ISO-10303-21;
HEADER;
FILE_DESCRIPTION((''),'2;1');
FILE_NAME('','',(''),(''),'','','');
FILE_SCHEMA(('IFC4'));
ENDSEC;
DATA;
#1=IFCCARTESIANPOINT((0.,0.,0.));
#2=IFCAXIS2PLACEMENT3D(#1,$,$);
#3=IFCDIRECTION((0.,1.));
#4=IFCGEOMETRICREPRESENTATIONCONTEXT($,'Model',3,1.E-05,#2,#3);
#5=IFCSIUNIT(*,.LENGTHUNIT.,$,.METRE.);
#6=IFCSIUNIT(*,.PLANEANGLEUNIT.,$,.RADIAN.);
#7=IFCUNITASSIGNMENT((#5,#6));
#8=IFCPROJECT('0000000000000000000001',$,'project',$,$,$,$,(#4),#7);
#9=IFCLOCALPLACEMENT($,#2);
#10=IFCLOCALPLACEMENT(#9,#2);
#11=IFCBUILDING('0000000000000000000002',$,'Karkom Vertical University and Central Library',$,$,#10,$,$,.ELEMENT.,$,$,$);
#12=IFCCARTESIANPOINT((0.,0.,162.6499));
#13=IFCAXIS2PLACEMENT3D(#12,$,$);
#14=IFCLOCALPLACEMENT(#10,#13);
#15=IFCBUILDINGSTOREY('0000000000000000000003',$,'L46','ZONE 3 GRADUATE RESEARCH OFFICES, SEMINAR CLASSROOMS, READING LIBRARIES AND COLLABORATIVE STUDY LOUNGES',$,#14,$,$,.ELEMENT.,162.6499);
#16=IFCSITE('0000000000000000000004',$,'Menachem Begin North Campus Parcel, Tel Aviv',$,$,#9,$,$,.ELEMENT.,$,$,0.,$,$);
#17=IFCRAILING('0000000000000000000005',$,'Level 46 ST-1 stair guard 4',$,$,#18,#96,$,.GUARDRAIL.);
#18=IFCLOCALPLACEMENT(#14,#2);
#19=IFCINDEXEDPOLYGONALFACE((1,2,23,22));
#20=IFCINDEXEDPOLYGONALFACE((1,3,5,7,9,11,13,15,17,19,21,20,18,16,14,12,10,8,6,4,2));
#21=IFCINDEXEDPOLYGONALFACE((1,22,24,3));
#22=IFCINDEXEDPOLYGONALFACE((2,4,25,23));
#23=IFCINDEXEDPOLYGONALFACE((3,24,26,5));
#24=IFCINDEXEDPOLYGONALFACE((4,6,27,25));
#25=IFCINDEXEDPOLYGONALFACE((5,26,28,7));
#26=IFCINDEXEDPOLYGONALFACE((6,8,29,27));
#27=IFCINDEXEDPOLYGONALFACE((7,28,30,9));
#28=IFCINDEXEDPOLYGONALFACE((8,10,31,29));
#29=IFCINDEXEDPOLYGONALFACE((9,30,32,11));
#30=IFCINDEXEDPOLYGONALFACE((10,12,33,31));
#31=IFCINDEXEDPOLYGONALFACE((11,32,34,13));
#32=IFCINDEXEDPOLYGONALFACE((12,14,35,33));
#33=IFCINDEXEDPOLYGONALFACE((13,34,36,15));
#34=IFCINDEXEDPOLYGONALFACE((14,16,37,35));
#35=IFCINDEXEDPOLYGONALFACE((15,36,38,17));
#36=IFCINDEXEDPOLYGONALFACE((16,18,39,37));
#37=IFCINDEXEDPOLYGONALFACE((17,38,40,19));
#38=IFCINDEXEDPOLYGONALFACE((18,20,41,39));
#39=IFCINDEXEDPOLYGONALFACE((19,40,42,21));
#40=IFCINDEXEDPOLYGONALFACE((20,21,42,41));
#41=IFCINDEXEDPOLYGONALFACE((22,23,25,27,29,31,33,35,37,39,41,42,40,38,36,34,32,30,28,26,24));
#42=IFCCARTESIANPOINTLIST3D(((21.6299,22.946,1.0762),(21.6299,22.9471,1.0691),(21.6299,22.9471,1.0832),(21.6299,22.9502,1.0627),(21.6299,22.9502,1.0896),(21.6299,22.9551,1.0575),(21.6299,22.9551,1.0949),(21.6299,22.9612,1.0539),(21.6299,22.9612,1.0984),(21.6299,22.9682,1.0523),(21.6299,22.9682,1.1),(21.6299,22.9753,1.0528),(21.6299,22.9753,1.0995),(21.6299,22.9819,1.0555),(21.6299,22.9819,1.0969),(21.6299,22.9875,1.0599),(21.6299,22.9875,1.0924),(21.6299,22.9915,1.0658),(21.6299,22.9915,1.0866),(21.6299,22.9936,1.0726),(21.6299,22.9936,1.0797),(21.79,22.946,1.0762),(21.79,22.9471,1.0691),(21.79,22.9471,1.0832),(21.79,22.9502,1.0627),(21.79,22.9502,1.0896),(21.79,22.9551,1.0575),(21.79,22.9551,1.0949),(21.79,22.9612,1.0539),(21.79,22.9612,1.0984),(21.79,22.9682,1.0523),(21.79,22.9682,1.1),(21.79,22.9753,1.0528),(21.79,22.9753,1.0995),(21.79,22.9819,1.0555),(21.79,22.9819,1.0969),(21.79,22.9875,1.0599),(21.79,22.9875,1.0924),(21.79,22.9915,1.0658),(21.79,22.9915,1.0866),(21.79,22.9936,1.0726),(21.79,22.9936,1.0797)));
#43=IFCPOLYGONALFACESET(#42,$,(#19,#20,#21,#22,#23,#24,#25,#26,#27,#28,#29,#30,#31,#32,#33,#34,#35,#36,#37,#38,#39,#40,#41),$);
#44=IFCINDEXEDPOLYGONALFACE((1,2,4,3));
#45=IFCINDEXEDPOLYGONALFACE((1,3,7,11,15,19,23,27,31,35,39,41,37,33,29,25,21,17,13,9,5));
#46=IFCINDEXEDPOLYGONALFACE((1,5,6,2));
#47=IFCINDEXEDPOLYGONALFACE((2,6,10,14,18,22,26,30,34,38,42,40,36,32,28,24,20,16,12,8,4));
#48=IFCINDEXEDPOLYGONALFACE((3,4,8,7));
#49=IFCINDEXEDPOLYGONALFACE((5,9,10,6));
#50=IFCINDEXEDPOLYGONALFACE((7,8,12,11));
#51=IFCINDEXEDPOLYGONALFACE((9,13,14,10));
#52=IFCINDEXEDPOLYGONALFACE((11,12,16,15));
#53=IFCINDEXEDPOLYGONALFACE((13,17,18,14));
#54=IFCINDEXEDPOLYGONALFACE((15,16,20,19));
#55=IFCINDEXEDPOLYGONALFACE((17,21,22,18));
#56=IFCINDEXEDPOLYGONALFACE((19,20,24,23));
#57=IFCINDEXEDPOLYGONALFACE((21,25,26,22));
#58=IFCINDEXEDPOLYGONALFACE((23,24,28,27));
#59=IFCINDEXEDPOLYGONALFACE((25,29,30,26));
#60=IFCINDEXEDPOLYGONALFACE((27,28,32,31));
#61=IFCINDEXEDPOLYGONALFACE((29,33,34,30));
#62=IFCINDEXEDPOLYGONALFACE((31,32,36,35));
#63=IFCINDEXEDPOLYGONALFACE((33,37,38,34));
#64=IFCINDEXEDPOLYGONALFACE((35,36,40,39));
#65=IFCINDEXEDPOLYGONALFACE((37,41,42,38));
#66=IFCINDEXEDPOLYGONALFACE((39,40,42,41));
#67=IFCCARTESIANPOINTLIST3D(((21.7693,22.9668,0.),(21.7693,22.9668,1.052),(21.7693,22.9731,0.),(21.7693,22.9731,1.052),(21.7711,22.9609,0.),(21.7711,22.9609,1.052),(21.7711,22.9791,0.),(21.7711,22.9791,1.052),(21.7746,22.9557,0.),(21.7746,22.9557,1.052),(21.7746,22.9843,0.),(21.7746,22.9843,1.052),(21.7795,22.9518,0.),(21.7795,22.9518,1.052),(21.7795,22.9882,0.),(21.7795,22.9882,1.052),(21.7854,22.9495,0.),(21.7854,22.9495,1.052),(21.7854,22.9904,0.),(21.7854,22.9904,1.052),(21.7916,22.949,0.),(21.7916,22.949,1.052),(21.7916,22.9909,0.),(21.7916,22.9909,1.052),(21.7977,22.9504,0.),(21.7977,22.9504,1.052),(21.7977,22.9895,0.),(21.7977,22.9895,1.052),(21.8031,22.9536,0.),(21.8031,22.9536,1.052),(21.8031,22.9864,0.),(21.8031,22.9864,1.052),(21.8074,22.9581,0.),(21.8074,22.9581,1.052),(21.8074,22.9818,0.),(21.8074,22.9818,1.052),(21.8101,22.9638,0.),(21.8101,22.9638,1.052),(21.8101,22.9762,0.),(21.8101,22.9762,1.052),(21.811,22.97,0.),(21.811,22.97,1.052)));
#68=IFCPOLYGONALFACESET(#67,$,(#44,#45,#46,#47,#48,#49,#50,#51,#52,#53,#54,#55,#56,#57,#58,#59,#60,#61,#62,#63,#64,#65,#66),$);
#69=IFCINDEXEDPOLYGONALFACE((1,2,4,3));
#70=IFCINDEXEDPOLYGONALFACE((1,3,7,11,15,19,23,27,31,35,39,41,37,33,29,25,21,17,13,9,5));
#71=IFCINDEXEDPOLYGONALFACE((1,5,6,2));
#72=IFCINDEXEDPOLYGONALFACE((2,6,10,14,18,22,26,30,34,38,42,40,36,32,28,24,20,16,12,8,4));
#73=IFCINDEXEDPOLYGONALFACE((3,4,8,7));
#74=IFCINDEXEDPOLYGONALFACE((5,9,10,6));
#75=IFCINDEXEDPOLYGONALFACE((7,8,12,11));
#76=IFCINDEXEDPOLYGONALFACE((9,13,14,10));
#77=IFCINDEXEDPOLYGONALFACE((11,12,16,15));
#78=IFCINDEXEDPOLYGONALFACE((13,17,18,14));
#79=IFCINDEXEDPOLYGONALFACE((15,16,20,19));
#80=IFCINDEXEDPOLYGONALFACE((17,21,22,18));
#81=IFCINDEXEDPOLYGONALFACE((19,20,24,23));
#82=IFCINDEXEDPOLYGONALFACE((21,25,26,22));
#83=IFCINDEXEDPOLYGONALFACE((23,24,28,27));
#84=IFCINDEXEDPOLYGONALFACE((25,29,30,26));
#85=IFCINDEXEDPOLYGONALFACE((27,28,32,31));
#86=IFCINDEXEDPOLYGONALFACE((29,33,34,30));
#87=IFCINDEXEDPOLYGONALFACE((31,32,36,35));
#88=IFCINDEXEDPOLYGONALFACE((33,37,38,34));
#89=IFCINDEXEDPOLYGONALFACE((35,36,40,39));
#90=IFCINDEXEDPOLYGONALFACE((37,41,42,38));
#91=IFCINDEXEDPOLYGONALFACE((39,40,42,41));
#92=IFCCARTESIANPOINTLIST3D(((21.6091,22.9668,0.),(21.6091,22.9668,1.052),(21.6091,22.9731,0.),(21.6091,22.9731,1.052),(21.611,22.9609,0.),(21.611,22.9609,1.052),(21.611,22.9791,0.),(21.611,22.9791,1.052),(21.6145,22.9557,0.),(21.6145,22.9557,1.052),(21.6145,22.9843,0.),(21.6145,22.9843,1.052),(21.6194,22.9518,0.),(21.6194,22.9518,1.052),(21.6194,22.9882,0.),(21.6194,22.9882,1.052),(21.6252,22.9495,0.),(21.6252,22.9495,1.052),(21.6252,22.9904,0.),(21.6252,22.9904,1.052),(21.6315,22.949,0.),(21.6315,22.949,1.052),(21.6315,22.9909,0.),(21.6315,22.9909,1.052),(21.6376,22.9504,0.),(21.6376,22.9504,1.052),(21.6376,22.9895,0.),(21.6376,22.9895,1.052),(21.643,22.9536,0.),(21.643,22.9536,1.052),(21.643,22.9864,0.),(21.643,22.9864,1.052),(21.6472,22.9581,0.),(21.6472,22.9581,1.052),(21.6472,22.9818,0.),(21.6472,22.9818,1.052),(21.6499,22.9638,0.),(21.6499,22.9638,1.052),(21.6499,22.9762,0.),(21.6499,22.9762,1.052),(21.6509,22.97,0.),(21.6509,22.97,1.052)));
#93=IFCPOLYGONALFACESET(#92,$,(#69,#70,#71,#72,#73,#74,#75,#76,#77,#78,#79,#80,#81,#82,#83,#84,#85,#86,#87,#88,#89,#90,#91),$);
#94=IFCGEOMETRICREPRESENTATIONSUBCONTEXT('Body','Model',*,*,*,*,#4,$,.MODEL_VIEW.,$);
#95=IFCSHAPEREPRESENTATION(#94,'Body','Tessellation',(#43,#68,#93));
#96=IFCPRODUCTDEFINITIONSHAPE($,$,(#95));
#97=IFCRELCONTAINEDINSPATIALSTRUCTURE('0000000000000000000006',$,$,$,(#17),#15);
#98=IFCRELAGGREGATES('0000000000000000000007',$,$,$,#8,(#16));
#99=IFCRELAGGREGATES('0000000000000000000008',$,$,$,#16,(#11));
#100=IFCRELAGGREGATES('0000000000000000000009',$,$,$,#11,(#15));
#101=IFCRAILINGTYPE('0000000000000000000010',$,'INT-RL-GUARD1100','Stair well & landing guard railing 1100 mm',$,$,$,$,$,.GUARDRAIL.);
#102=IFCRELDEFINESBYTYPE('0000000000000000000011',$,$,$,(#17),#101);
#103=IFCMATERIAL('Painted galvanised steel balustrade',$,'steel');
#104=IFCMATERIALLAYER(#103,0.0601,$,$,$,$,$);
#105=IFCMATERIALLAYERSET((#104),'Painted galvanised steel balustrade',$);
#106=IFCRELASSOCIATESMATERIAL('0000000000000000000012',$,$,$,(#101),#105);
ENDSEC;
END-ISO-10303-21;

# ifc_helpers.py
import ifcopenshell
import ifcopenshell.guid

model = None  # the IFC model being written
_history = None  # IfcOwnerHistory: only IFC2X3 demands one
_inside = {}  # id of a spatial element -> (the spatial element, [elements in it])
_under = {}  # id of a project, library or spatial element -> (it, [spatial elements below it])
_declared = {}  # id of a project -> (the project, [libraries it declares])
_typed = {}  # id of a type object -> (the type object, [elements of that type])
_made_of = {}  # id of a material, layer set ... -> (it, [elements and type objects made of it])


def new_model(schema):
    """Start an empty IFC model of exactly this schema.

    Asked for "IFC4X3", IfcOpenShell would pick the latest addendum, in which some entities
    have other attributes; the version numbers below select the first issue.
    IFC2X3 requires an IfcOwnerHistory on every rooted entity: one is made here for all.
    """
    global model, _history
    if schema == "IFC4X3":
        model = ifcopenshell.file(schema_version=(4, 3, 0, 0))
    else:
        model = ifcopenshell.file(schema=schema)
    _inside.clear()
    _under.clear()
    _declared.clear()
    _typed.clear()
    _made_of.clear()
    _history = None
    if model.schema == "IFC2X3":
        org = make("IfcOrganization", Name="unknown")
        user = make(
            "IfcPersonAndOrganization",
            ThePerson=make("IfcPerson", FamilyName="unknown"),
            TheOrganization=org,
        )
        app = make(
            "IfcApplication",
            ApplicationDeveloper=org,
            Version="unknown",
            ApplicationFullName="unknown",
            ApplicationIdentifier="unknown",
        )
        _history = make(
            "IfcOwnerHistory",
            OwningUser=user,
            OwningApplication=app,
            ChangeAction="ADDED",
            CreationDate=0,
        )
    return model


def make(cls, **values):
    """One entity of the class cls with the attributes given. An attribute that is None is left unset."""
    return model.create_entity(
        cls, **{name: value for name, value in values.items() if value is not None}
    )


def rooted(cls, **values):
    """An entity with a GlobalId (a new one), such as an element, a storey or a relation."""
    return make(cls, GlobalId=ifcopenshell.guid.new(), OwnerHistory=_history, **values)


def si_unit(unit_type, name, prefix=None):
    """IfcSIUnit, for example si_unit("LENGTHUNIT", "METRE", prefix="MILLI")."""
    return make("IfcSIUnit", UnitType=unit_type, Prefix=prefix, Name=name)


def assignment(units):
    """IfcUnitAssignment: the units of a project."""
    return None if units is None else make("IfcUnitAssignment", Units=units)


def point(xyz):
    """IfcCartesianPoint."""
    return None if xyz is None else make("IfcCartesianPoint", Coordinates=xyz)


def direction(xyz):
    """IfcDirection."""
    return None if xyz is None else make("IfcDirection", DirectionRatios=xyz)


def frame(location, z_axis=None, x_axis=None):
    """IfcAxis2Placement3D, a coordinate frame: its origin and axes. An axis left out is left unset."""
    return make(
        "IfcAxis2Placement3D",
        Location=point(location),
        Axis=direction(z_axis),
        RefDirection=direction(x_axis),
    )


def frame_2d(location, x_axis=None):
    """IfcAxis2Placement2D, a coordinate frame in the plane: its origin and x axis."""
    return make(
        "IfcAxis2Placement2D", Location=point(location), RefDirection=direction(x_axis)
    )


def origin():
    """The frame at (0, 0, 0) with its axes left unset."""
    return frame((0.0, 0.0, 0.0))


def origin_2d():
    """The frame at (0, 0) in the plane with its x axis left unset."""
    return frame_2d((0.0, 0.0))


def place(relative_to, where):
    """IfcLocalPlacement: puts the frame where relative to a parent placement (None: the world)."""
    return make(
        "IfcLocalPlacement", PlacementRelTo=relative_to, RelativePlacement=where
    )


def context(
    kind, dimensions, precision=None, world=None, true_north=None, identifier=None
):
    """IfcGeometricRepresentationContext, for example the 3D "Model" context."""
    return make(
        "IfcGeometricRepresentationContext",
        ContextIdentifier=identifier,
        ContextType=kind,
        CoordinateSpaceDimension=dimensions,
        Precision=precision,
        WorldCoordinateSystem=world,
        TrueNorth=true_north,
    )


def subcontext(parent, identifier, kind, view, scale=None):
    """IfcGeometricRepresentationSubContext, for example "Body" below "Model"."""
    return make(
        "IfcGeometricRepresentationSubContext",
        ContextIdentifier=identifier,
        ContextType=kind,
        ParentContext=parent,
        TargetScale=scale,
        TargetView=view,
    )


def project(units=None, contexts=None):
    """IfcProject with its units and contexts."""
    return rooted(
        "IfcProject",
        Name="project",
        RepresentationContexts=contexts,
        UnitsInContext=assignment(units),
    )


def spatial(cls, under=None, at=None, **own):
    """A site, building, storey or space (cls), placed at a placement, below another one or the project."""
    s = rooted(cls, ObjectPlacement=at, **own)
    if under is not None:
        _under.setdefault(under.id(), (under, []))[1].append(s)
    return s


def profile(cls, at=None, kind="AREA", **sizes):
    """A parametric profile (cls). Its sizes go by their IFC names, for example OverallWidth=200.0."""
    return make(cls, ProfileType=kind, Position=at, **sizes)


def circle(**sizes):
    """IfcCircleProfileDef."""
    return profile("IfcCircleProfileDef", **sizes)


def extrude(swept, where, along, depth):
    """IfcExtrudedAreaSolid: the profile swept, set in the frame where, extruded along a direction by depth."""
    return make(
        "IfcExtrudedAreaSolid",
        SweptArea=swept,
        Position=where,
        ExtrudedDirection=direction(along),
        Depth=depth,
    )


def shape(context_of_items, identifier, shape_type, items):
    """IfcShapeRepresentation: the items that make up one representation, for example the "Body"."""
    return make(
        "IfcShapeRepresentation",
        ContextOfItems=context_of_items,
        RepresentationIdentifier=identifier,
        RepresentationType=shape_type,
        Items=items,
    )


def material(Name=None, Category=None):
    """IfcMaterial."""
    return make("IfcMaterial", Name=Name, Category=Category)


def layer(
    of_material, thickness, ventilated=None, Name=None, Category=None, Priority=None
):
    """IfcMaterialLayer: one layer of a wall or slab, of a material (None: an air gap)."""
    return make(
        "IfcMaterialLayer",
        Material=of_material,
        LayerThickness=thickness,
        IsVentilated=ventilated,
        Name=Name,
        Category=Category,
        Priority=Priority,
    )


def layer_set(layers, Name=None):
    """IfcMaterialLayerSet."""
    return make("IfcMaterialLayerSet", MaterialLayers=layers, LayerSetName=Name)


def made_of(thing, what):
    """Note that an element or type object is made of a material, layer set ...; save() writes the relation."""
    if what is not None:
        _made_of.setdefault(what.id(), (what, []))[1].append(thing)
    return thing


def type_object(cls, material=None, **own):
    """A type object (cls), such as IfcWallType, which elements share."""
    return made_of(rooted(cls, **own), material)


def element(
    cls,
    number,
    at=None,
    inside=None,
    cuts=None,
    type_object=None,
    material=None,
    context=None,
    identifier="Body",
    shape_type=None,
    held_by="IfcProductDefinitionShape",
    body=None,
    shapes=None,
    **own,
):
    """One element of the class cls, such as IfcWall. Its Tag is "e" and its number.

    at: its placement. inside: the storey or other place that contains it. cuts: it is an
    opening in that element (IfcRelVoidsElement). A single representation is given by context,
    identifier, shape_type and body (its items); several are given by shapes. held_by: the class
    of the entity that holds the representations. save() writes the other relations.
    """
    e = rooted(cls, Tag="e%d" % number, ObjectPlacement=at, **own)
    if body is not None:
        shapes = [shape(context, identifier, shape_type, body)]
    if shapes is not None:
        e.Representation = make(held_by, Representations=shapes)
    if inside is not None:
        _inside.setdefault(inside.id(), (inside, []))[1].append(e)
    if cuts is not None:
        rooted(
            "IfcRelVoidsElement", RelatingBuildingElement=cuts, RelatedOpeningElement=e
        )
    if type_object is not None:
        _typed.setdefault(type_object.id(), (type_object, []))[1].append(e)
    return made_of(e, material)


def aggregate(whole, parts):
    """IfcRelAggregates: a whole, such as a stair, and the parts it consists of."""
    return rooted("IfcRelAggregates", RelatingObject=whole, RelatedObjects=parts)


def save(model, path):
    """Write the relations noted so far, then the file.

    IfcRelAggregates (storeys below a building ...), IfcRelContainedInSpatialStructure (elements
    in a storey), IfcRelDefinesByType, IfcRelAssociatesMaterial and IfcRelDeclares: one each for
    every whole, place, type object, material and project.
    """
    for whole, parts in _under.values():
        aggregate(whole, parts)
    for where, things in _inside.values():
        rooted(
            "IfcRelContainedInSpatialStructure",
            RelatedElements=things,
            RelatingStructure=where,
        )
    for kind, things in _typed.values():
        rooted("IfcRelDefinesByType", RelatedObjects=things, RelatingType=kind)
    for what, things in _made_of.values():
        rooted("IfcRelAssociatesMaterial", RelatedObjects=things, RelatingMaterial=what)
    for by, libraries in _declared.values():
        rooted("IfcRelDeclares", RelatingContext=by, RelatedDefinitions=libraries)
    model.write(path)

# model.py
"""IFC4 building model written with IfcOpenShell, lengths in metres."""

from ifc_helpers import new_model, si_unit, direction, frame, origin, origin_2d, place, context, subcontext, project, spatial, circle, extrude, material, layer, layer_set, type_object, element, save


model = new_model("IFC4")

# Units and contexts
model_context = context("Model", 3, precision=1e-05, world=origin(), true_north=direction((0.0, 1.0)))
body_context = subcontext(model_context, "Body", "Model", "MODEL_VIEW")
ifc_project = project(units=[si_unit("LENGTHUNIT", "METRE"), si_unit("PLANEANGLEUNIT", "RADIAN")], contexts=[model_context])

# Site, building, storey
site_placement = place(None, origin())
site = spatial("IfcSite", under=ifc_project, at=site_placement, Name="Menachem Begin North Campus Parcel, Tel Aviv", CompositionType="ELEMENT", RefElevation=0.0)
building_placement = place(site_placement, origin())
building = spatial("IfcBuilding", under=site, at=building_placement, Name="Karkom Vertical University and Central Library", CompositionType="ELEMENT")
storey_placement = place(building_placement, frame((0.0, 0.0, 162.6499)))
storey = spatial("IfcBuildingStorey", under=building, at=storey_placement, Name="L46", Description="ZONE 3 GRADUATE RESEARCH OFFICES, SEMINAR CLASSROOMS, READING LIBRARIES AND COLLABORATIVE STUDY LOUNGES", CompositionType="ELEMENT", Elevation=162.6499)

# Railing
ifc_material_1 = material(Name="Painted galvanised steel balustrade", Category="steel")
ifc_layer_1 = layer(ifc_material_1, 0.0601)
ifc_layer_set_1 = layer_set([ifc_layer_1], Name="Painted galvanised steel balustrade")
railing_type_1 = type_object("IfcRailingType", Name="INT-RL-GUARD1100", Description="Stair well & landing guard railing 1100 mm", PredefinedType="GUARDRAIL", material=ifc_layer_set_1)
railing_1_placement = place(storey_placement, frame((21.79, 22.97, 0.0)))
element("IfcRailing", 1, at=railing_1_placement, inside=storey, type_object=railing_type_1, Name="Level 46 ST-1 stair guard 4", PredefinedType="GUARDRAIL", context=body_context, shape_type="SweptSolid", body=[
    extrude(circle(Radius=0.0239, at=origin_2d()), frame((0.0, 0.0, 1.0762), z_axis=(-1.0, 0.0, 0.0), x_axis=(0.0, -1.0, 0.0)), (0.0, 0.0, 1.0), 0.1602),
    extrude(circle(Radius=0.021, at=origin_2d()), origin(), (0.0, 0.0, 1.0), 1.052),
    extrude(circle(Radius=0.021, at=origin_2d()), frame((-0.1602, 0.0, 0.0)), (0.0, 0.0, 1.0), 1.052),
])

save(model, "model.ifc")
